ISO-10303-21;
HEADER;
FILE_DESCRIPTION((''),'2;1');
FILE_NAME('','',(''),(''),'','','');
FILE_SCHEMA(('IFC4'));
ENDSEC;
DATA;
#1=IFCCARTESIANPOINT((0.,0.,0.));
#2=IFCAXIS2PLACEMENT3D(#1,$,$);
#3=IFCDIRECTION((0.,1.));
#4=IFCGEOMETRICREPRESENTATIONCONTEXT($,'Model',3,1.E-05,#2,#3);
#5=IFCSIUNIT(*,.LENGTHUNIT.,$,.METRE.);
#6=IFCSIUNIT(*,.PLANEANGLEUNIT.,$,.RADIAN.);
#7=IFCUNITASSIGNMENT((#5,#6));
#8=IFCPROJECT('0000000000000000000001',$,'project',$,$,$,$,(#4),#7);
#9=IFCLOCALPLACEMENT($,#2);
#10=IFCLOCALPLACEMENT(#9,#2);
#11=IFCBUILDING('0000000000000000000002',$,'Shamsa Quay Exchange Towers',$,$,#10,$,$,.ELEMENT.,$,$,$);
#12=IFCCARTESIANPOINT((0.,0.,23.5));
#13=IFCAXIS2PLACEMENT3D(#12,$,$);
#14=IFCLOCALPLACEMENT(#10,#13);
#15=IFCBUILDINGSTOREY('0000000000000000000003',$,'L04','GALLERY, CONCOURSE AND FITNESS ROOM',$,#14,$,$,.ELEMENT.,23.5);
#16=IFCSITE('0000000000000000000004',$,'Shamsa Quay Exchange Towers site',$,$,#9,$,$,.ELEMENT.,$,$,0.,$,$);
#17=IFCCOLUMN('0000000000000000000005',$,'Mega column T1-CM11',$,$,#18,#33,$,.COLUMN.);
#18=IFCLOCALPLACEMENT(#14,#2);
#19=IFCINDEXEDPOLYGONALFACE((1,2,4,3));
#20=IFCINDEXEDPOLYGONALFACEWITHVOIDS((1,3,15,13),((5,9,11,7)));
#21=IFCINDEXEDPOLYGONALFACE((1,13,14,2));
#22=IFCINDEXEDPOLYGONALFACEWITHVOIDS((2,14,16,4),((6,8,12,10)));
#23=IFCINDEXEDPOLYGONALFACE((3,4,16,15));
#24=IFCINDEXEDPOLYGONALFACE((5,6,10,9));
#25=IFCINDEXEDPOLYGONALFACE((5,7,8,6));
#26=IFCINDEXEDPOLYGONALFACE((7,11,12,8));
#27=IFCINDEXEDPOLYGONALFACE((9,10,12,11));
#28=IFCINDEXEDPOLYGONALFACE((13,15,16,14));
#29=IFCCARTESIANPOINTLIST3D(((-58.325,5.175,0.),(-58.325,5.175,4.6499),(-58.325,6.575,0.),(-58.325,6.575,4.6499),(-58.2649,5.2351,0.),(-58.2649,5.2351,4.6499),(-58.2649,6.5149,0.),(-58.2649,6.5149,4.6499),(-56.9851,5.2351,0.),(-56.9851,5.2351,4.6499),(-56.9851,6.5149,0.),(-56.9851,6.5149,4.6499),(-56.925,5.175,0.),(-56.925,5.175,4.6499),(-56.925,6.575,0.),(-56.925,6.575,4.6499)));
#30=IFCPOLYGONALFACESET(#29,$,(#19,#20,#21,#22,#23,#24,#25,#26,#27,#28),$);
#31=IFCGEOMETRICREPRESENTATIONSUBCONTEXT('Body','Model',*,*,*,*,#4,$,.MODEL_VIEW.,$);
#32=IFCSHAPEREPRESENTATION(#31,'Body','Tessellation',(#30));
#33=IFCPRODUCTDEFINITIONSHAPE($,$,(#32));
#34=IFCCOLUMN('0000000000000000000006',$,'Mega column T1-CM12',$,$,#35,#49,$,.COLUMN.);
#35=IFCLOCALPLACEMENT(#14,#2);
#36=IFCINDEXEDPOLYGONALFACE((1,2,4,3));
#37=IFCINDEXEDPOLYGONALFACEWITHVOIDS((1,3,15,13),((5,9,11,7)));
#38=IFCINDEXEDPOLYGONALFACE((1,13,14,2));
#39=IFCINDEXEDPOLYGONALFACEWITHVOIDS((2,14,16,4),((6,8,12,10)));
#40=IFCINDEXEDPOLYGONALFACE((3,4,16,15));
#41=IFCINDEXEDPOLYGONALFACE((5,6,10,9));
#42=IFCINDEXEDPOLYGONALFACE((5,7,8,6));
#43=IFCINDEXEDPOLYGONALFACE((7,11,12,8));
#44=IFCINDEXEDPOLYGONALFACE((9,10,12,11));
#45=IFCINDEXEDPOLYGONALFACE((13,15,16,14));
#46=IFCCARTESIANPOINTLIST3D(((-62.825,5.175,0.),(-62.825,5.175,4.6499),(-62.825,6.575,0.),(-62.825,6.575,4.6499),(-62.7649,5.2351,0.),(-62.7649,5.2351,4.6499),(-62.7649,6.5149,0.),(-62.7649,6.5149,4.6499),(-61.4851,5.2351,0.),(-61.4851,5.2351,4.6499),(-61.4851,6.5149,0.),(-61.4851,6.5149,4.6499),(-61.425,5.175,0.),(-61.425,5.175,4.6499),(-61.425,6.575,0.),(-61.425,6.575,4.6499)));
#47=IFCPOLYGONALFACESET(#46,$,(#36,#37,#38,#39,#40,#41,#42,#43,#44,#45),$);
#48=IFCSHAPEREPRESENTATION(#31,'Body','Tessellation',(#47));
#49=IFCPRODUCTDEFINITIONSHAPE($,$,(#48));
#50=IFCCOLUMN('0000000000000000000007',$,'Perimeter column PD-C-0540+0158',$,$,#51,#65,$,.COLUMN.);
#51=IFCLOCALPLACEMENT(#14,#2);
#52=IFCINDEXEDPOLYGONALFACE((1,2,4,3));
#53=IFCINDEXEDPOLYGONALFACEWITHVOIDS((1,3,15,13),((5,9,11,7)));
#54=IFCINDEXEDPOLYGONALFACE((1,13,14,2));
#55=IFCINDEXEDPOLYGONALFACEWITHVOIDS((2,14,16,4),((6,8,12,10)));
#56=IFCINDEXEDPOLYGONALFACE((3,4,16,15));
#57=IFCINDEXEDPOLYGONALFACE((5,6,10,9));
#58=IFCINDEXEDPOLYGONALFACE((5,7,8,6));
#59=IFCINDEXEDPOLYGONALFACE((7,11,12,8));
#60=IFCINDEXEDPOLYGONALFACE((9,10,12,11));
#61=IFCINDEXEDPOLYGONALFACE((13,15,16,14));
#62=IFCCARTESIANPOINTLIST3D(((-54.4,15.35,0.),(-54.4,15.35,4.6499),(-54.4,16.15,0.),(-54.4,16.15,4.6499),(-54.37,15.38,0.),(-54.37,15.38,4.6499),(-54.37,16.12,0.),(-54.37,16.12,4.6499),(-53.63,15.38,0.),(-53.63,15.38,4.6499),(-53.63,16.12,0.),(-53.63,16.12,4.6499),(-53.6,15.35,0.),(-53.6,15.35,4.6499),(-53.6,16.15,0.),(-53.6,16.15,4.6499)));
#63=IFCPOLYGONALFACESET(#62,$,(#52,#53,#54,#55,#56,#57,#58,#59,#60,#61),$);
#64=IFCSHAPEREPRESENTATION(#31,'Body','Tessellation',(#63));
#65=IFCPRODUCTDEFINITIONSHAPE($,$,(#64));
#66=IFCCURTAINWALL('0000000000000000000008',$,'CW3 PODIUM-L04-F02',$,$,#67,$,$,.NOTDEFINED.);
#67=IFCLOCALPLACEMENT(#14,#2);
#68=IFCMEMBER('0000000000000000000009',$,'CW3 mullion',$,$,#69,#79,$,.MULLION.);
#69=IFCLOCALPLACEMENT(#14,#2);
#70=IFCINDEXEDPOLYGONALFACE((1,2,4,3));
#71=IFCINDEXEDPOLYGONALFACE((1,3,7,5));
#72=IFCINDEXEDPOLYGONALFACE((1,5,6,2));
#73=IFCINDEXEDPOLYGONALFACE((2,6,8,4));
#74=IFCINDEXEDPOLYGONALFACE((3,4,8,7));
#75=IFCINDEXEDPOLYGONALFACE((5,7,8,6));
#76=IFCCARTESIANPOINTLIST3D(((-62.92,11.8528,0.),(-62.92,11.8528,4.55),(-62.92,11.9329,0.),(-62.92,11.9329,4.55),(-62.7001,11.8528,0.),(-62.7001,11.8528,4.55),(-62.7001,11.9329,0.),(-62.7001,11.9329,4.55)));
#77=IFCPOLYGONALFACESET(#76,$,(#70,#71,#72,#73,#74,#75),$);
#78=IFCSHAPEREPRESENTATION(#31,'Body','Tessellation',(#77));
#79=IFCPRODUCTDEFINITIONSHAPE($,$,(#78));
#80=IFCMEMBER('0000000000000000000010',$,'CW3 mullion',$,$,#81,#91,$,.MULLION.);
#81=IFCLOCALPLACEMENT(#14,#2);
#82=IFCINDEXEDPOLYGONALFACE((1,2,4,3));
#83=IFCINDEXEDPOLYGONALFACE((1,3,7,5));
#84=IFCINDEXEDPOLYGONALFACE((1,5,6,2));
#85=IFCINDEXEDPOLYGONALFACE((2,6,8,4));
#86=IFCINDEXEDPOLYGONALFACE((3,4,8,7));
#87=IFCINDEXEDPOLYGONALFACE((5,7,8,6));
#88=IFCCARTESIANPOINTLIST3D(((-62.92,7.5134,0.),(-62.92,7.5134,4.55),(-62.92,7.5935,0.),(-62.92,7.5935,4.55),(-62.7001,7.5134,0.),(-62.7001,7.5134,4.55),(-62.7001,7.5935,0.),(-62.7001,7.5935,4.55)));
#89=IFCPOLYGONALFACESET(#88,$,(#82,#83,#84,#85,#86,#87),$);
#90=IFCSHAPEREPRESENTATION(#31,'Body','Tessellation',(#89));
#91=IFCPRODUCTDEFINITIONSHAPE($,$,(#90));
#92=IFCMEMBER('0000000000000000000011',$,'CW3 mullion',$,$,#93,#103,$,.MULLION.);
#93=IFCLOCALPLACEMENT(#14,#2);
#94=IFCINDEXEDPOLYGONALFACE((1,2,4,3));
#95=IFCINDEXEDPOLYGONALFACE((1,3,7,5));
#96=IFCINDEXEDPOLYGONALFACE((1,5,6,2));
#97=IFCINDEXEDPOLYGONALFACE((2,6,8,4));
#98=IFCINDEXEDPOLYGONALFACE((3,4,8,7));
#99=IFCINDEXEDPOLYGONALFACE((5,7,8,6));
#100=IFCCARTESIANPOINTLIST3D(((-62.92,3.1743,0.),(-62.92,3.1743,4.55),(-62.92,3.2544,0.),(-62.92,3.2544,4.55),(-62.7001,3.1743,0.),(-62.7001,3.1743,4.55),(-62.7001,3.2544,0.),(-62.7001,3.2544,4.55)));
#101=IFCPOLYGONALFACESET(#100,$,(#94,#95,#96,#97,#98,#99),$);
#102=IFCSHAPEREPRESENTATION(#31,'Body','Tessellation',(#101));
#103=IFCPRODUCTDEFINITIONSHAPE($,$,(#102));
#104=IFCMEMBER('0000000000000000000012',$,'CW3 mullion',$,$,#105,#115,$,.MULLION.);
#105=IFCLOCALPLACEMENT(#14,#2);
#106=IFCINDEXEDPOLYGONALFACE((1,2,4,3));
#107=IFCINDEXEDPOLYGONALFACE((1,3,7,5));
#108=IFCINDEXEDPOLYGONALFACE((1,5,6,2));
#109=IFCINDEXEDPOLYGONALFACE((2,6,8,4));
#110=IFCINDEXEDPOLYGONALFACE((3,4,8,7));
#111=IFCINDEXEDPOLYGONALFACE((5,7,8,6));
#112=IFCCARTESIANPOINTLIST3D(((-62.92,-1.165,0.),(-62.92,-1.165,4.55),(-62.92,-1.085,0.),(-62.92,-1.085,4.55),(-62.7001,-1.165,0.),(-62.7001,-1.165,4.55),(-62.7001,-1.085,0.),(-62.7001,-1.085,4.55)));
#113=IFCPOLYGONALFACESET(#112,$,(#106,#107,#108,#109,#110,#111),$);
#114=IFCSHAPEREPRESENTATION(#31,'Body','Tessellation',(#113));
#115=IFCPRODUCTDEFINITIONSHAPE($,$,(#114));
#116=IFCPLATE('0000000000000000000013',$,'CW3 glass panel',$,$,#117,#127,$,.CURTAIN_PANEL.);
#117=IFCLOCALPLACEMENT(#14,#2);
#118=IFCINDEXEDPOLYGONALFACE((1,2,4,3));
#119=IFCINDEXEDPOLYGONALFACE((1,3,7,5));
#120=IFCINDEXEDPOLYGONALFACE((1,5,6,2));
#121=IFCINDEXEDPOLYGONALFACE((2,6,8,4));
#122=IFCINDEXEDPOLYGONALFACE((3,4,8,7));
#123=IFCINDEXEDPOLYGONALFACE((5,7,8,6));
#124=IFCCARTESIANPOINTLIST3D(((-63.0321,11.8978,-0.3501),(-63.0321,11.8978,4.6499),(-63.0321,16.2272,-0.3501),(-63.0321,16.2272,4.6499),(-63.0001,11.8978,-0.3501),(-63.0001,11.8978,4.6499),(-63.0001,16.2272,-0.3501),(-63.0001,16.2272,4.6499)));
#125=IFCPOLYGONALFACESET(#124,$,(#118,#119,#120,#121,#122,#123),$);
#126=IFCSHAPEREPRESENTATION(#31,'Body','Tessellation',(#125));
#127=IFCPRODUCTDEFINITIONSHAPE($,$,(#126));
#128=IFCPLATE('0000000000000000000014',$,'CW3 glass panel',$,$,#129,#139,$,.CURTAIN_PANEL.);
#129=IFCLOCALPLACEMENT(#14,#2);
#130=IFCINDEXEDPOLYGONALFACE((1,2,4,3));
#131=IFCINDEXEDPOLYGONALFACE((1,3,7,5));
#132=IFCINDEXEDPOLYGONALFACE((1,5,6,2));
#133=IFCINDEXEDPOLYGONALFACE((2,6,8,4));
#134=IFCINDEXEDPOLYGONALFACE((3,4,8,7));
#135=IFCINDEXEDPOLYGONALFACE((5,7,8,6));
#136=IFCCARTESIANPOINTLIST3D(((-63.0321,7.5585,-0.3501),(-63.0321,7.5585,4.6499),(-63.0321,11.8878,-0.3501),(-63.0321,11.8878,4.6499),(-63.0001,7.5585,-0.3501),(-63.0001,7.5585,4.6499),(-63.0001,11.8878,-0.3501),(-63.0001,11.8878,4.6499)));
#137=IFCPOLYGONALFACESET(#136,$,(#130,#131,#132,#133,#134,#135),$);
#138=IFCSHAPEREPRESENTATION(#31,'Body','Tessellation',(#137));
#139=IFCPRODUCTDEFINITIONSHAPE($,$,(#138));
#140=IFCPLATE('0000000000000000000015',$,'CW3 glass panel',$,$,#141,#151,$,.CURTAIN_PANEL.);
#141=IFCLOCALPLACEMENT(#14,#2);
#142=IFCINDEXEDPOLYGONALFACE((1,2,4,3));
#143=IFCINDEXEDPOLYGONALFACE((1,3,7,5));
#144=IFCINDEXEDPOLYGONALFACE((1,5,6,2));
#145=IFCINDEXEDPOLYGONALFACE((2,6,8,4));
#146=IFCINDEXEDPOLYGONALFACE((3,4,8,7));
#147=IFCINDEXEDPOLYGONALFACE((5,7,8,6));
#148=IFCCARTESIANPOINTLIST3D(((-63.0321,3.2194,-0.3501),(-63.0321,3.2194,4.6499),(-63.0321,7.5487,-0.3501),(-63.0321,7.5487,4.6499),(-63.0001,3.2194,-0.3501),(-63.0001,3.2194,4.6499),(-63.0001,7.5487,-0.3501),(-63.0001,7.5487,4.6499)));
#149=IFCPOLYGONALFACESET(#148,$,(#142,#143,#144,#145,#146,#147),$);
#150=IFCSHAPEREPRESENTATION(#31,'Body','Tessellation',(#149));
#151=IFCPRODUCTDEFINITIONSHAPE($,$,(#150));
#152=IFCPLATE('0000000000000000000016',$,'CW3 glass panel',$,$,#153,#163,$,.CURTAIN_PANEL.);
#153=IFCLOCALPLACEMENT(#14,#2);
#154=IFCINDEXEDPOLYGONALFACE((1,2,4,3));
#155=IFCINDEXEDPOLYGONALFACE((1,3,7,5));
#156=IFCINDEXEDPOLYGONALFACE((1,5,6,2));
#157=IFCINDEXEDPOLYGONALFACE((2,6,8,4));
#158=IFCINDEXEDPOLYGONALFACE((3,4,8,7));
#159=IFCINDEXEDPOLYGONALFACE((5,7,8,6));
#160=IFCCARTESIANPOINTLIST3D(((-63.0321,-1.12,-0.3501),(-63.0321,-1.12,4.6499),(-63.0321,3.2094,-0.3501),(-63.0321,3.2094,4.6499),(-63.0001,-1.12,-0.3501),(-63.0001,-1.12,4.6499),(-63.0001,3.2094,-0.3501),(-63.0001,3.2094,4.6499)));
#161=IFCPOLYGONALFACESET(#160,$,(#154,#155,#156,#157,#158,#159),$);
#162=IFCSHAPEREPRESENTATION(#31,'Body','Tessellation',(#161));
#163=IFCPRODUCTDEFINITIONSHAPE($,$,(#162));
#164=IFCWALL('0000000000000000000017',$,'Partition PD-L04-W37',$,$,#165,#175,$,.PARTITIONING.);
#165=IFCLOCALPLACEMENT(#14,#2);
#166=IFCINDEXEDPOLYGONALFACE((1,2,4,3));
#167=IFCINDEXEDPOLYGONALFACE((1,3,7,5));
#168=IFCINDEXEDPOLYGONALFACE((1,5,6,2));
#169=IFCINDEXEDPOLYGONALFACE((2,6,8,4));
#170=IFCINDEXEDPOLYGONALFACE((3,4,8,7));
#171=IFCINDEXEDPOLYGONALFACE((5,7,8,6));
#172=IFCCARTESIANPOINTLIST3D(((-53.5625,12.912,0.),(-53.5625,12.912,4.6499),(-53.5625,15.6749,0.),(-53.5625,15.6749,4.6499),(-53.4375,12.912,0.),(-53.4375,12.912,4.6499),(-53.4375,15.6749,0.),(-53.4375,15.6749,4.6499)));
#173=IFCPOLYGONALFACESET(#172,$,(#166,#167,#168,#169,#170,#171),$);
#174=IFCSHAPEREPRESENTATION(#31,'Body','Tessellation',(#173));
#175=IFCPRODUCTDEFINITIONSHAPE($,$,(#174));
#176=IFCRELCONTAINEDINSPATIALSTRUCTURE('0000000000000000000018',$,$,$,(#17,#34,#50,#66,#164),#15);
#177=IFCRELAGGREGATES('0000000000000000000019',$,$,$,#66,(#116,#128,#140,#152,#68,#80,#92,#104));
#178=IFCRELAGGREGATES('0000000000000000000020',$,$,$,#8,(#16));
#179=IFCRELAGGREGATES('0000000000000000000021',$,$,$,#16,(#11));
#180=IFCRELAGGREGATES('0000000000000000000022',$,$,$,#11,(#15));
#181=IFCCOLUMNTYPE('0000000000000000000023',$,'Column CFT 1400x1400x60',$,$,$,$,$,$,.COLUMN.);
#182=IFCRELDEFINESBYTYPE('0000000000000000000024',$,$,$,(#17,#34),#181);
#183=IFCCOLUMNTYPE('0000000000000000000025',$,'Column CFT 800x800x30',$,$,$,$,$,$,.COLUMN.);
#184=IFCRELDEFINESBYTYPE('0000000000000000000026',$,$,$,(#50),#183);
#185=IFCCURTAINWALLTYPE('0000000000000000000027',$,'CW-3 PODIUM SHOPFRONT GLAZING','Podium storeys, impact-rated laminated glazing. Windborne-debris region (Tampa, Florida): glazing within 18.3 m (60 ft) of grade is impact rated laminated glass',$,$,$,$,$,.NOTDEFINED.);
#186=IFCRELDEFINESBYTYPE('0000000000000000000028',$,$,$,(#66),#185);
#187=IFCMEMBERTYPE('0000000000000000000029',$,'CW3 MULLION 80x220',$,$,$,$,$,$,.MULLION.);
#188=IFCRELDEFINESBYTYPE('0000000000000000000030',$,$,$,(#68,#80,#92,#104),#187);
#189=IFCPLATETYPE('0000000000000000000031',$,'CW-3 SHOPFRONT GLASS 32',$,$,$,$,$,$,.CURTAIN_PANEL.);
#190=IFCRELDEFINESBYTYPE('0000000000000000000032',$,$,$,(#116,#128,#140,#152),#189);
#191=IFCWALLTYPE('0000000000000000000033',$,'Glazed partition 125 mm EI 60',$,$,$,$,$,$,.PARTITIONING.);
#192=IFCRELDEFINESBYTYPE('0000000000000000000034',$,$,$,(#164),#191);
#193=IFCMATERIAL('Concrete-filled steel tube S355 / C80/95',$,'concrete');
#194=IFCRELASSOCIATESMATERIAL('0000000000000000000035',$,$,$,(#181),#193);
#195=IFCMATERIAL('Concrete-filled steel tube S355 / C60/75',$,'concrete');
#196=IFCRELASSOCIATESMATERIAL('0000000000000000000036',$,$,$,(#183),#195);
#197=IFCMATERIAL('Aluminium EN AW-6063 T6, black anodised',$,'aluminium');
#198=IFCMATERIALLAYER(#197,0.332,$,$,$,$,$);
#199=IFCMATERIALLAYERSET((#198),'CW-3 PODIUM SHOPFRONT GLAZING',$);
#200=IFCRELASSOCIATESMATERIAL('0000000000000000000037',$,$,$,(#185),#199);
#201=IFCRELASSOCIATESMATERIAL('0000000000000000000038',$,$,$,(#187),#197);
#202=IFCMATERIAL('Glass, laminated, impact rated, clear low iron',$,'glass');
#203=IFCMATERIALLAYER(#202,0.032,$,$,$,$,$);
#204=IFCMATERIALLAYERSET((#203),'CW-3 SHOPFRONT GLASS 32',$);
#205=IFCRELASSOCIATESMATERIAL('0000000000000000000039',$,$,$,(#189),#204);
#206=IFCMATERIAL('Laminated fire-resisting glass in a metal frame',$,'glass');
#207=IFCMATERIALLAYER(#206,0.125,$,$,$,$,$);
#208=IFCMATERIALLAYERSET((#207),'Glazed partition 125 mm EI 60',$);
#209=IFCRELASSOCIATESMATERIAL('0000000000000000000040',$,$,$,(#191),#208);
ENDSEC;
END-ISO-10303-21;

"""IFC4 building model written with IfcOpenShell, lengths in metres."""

from ifc_helpers import new_model, si_unit, direction, frame, frame_2d, origin, origin_2d, place, context, subcontext, project, spatial, rectangle, hollow_rectangle, extrude, material, layer, layer_set, material_profile, profile_set, type_object, element, aggregate, save


model = new_model("IFC4")

# Units and contexts
model_context = context("Model", 3, precision=1e-05, world=origin(), true_north=direction((0.0, 1.0)))
body_context = subcontext(model_context, "Body", "Model", "MODEL_VIEW")
ifc_project = project(units=[si_unit("LENGTHUNIT", "METRE"), si_unit("PLANEANGLEUNIT", "RADIAN")], contexts=[model_context])

# Site, building, storey
site_placement = place(None, origin())
site = spatial("IfcSite", under=ifc_project, at=site_placement, Name="Shamsa Quay Exchange Towers site", CompositionType="ELEMENT", RefElevation=0.0)
building_placement = place(site_placement, origin())
building = spatial("IfcBuilding", under=site, at=building_placement, Name="Shamsa Quay Exchange Towers", CompositionType="ELEMENT")
storey_placement = place(building_placement, frame((0.0, 0.0, 23.5)))
storey = spatial("IfcBuildingStorey", under=building, at=storey_placement, Name="L04", Description="GALLERY, CONCOURSE AND FITNESS ROOM", CompositionType="ELEMENT", Elevation=23.5)

# Columns
ifc_material_1 = material(Name="Concrete-filled steel tube S355 / C80/95", Category="concrete")
ifc_material_profile_1 = material_profile(ifc_material_1, hollow_rectangle(XDim=1.3999, YDim=1.3999, WallThickness=0.0601, at=origin_2d()), Name="CFT 1400x1400x60")
ifc_profile_set_1 = profile_set([ifc_material_profile_1], Name="Concrete-filled steel tube S355 / C80/95")
column_type_1 = type_object("IfcColumnType", Name="Column CFT 1400x1400x60", PredefinedType="COLUMN", material=ifc_profile_set_1)
for number, where, name in (
    (1, (-57.625, 5.875, 0.0), "Mega column T1-CM11"),
    (2, (-62.125, 5.875, 0.0), "Mega column T1-CM12"),
):
    element("IfcColumn", number, at=place(storey_placement, frame(where)), inside=storey, type_object=column_type_1, Name=name, PredefinedType="COLUMN", context=body_context, shape_type="SweptSolid", body=[
        extrude(hollow_rectangle(XDim=1.3999, YDim=1.3999, WallThickness=0.0601, at=origin_2d()), origin(), (0.0, 0.0, 1.0), 4.6499),
    ])
ifc_material_2 = material(Name="Concrete-filled steel tube S355 / C60/75", Category="concrete")
ifc_material_profile_2 = material_profile(ifc_material_2, hollow_rectangle(XDim=0.8, YDim=0.8, WallThickness=0.03, at=origin_2d()), Name="CFT 800x800x30")
ifc_profile_set_2 = profile_set([ifc_material_profile_2], Name="Concrete-filled steel tube S355 / C60/75")
column_type_2 = type_object("IfcColumnType", Name="Column CFT 800x800x30", PredefinedType="COLUMN", material=ifc_profile_set_2)
column_placement = place(storey_placement, frame((-54.0, 15.75, 0.0)))
element("IfcColumn", 3, at=column_placement, inside=storey, type_object=column_type_2, Name="Perimeter column PD-C-0540+0158", PredefinedType="COLUMN", context=body_context, shape_type="SweptSolid", body=[
    extrude(hollow_rectangle(XDim=0.8, YDim=0.8, WallThickness=0.03, at=origin_2d()), origin(), (0.0, 0.0, 1.0), 4.6499),
])

# Curtain wall, members, plates
ifc_material_3 = material(Name="Aluminium EN AW-6063 T6, black anodised", Category="aluminium")
ifc_layer_1 = layer(ifc_material_3, 0.332)
ifc_layer_set_1 = layer_set([ifc_layer_1], Name="CW-3 PODIUM SHOPFRONT GLAZING")
curtain_wall_type = type_object("IfcCurtainWallType", Name="CW-3 PODIUM SHOPFRONT GLAZING", Description="Podium storeys, impact-rated laminated glazing. Windborne-debris region (Tampa, Florida): glazing within 18.3 m (60 ft) of grade is impact rated laminated glass", PredefinedType="NOTDEFINED", material=ifc_layer_set_1)
curtain_wall_placement = place(storey_placement, origin())
curtain_wall = element("IfcCurtainWall", 4, at=curtain_wall_placement, inside=storey, type_object=curtain_wall_type, Name="CW3 PODIUM-L04-F02", PredefinedType="NOTDEFINED")
ifc_material_profile_3 = material_profile(ifc_material_3, rectangle(XDim=0.22, YDim=0.0801, at=origin_2d()), Name="MU80x220")
ifc_profile_set_3 = profile_set([ifc_material_profile_3], Name="Aluminium EN AW-6063 T6, black anodised")
member_type = type_object("IfcMemberType", Name="CW3 MULLION 80x220", PredefinedType="MULLION", material=ifc_profile_set_3)
member_1_placement = place(storey_placement, frame((-62.8101, 11.8928, 0.0)))
member_1 = element("IfcMember", 5, at=member_1_placement, type_object=member_type, Name="CW3 mullion", PredefinedType="MULLION", context=body_context, shape_type="SweptSolid", body=[
    extrude(rectangle(XDim=0.22, YDim=0.0801, at=origin_2d()), origin(), (0.0, 0.0, 1.0), 4.55),
])
member_2_placement = place(storey_placement, frame((-62.8101, 7.5535, 0.0)))
member_2 = element("IfcMember", 6, at=member_2_placement, type_object=member_type, Name="CW3 mullion", PredefinedType="MULLION", context=body_context, shape_type="SweptSolid", body=[
    extrude(rectangle(XDim=0.22, YDim=0.0801, at=origin_2d()), origin(), (0.0, 0.0, 1.0), 4.55),
])
member_3_placement = place(storey_placement, frame((-62.8101, 3.2144, 0.0)))
member_3 = element("IfcMember", 7, at=member_3_placement, type_object=member_type, Name="CW3 mullion", PredefinedType="MULLION", context=body_context, shape_type="SweptSolid", body=[
    extrude(rectangle(XDim=0.22, YDim=0.0801, at=origin_2d()), origin(), (0.0, 0.0, 1.0), 4.55),
])
member_4_placement = place(storey_placement, frame((-62.8101, -1.125, 0.0)))
member_4 = element("IfcMember", 8, at=member_4_placement, type_object=member_type, Name="CW3 mullion", PredefinedType="MULLION", context=body_context, shape_type="SweptSolid", body=[
    extrude(rectangle(XDim=0.22, YDim=0.0801, at=origin_2d()), origin(), (0.0, 0.0, 1.0), 4.55),
])
ifc_material_4 = material(Name="Glass, laminated, impact rated, clear low iron", Category="glass")
ifc_layer_2 = layer(ifc_material_4, 0.032)
ifc_layer_set_2 = layer_set([ifc_layer_2], Name="CW-3 SHOPFRONT GLASS 32")
plate_type = type_object("IfcPlateType", Name="CW-3 SHOPFRONT GLASS 32", PredefinedType="CURTAIN_PANEL", material=ifc_layer_set_2)
plate_1_placement = place(storey_placement, frame((-63.0161, 14.0625, -0.3501), z_axis=(0.0, 0.0, 1.0), x_axis=(0.0, -1.0, 0.0)))
plate_1 = element("IfcPlate", 9, at=plate_1_placement, type_object=plate_type, Name="CW3 glass panel", PredefinedType="CURTAIN_PANEL", context=body_context, shape_type="SweptSolid", body=[
    extrude(rectangle(XDim=4.3293, YDim=0.032, at=origin_2d()), origin(), (0.0, 0.0, 1.0), 5.0),
])
plate_2_placement = place(storey_placement, frame((-63.0161, 9.7231, -0.3501), z_axis=(0.0, 0.0, 1.0), x_axis=(0.0, -1.0, 0.0)))
plate_2 = element("IfcPlate", 10, at=plate_2_placement, type_object=plate_type, Name="CW3 glass panel", PredefinedType="CURTAIN_PANEL", context=body_context, shape_type="SweptSolid", body=[
    extrude(rectangle(XDim=4.3293, YDim=0.032, at=origin_2d()), origin(), (0.0, 0.0, 1.0), 5.0),
])
plate_3_placement = place(storey_placement, frame((-63.0161, 5.384, -0.3501), z_axis=(0.0, 0.0, 1.0), x_axis=(0.0, -1.0, 0.0)))
plate_3 = element("IfcPlate", 11, at=plate_3_placement, type_object=plate_type, Name="CW3 glass panel", PredefinedType="CURTAIN_PANEL", context=body_context, shape_type="SweptSolid", body=[
    extrude(rectangle(XDim=4.3293, YDim=0.032, at=origin_2d()), origin(), (0.0, 0.0, 1.0), 5.0),
])
plate_4_placement = place(storey_placement, frame((-63.0161, 1.0447, -0.3501), z_axis=(0.0, 0.0, 1.0), x_axis=(0.0, -1.0, 0.0)))
plate_4 = element("IfcPlate", 12, at=plate_4_placement, type_object=plate_type, Name="CW3 glass panel", PredefinedType="CURTAIN_PANEL", context=body_context, shape_type="SweptSolid", body=[
    extrude(rectangle(XDim=4.3293, YDim=0.032, at=origin_2d()), origin(), (0.0, 0.0, 1.0), 5.0),
])
aggregate(curtain_wall, [plate_1, plate_2, plate_3, plate_4, member_1, member_2, member_3, member_4])

# Wall
ifc_material_5 = material(Name="Laminated fire-resisting glass in a metal frame", Category="glass")
ifc_layer_3 = layer(ifc_material_5, 0.125)
ifc_layer_set_3 = layer_set([ifc_layer_3], Name="Glazed partition 125 mm EI 60")
wall_type_1 = type_object("IfcWallType", Name="Glazed partition 125 mm EI 60", PredefinedType="PARTITIONING", material=ifc_layer_set_3)
wall_1_placement = place(storey_placement, frame((-53.5, 12.9121, 0.0), z_axis=(0.0, 0.0, 1.0), x_axis=(0.0, 1.0, 0.0)))
element("IfcWall", 13, at=wall_1_placement, inside=storey, type_object=wall_type_1, Name="Partition PD-L04-W37", PredefinedType="PARTITIONING", context=body_context, shape_type="SweptSolid", body=[
    extrude(rectangle(XDim=2.7629, YDim=0.125, at=frame_2d((1.3813, 0.0))), origin(), (0.0, 0.0, 1.0), 4.6499),
])

save(model, "model.ifc")
